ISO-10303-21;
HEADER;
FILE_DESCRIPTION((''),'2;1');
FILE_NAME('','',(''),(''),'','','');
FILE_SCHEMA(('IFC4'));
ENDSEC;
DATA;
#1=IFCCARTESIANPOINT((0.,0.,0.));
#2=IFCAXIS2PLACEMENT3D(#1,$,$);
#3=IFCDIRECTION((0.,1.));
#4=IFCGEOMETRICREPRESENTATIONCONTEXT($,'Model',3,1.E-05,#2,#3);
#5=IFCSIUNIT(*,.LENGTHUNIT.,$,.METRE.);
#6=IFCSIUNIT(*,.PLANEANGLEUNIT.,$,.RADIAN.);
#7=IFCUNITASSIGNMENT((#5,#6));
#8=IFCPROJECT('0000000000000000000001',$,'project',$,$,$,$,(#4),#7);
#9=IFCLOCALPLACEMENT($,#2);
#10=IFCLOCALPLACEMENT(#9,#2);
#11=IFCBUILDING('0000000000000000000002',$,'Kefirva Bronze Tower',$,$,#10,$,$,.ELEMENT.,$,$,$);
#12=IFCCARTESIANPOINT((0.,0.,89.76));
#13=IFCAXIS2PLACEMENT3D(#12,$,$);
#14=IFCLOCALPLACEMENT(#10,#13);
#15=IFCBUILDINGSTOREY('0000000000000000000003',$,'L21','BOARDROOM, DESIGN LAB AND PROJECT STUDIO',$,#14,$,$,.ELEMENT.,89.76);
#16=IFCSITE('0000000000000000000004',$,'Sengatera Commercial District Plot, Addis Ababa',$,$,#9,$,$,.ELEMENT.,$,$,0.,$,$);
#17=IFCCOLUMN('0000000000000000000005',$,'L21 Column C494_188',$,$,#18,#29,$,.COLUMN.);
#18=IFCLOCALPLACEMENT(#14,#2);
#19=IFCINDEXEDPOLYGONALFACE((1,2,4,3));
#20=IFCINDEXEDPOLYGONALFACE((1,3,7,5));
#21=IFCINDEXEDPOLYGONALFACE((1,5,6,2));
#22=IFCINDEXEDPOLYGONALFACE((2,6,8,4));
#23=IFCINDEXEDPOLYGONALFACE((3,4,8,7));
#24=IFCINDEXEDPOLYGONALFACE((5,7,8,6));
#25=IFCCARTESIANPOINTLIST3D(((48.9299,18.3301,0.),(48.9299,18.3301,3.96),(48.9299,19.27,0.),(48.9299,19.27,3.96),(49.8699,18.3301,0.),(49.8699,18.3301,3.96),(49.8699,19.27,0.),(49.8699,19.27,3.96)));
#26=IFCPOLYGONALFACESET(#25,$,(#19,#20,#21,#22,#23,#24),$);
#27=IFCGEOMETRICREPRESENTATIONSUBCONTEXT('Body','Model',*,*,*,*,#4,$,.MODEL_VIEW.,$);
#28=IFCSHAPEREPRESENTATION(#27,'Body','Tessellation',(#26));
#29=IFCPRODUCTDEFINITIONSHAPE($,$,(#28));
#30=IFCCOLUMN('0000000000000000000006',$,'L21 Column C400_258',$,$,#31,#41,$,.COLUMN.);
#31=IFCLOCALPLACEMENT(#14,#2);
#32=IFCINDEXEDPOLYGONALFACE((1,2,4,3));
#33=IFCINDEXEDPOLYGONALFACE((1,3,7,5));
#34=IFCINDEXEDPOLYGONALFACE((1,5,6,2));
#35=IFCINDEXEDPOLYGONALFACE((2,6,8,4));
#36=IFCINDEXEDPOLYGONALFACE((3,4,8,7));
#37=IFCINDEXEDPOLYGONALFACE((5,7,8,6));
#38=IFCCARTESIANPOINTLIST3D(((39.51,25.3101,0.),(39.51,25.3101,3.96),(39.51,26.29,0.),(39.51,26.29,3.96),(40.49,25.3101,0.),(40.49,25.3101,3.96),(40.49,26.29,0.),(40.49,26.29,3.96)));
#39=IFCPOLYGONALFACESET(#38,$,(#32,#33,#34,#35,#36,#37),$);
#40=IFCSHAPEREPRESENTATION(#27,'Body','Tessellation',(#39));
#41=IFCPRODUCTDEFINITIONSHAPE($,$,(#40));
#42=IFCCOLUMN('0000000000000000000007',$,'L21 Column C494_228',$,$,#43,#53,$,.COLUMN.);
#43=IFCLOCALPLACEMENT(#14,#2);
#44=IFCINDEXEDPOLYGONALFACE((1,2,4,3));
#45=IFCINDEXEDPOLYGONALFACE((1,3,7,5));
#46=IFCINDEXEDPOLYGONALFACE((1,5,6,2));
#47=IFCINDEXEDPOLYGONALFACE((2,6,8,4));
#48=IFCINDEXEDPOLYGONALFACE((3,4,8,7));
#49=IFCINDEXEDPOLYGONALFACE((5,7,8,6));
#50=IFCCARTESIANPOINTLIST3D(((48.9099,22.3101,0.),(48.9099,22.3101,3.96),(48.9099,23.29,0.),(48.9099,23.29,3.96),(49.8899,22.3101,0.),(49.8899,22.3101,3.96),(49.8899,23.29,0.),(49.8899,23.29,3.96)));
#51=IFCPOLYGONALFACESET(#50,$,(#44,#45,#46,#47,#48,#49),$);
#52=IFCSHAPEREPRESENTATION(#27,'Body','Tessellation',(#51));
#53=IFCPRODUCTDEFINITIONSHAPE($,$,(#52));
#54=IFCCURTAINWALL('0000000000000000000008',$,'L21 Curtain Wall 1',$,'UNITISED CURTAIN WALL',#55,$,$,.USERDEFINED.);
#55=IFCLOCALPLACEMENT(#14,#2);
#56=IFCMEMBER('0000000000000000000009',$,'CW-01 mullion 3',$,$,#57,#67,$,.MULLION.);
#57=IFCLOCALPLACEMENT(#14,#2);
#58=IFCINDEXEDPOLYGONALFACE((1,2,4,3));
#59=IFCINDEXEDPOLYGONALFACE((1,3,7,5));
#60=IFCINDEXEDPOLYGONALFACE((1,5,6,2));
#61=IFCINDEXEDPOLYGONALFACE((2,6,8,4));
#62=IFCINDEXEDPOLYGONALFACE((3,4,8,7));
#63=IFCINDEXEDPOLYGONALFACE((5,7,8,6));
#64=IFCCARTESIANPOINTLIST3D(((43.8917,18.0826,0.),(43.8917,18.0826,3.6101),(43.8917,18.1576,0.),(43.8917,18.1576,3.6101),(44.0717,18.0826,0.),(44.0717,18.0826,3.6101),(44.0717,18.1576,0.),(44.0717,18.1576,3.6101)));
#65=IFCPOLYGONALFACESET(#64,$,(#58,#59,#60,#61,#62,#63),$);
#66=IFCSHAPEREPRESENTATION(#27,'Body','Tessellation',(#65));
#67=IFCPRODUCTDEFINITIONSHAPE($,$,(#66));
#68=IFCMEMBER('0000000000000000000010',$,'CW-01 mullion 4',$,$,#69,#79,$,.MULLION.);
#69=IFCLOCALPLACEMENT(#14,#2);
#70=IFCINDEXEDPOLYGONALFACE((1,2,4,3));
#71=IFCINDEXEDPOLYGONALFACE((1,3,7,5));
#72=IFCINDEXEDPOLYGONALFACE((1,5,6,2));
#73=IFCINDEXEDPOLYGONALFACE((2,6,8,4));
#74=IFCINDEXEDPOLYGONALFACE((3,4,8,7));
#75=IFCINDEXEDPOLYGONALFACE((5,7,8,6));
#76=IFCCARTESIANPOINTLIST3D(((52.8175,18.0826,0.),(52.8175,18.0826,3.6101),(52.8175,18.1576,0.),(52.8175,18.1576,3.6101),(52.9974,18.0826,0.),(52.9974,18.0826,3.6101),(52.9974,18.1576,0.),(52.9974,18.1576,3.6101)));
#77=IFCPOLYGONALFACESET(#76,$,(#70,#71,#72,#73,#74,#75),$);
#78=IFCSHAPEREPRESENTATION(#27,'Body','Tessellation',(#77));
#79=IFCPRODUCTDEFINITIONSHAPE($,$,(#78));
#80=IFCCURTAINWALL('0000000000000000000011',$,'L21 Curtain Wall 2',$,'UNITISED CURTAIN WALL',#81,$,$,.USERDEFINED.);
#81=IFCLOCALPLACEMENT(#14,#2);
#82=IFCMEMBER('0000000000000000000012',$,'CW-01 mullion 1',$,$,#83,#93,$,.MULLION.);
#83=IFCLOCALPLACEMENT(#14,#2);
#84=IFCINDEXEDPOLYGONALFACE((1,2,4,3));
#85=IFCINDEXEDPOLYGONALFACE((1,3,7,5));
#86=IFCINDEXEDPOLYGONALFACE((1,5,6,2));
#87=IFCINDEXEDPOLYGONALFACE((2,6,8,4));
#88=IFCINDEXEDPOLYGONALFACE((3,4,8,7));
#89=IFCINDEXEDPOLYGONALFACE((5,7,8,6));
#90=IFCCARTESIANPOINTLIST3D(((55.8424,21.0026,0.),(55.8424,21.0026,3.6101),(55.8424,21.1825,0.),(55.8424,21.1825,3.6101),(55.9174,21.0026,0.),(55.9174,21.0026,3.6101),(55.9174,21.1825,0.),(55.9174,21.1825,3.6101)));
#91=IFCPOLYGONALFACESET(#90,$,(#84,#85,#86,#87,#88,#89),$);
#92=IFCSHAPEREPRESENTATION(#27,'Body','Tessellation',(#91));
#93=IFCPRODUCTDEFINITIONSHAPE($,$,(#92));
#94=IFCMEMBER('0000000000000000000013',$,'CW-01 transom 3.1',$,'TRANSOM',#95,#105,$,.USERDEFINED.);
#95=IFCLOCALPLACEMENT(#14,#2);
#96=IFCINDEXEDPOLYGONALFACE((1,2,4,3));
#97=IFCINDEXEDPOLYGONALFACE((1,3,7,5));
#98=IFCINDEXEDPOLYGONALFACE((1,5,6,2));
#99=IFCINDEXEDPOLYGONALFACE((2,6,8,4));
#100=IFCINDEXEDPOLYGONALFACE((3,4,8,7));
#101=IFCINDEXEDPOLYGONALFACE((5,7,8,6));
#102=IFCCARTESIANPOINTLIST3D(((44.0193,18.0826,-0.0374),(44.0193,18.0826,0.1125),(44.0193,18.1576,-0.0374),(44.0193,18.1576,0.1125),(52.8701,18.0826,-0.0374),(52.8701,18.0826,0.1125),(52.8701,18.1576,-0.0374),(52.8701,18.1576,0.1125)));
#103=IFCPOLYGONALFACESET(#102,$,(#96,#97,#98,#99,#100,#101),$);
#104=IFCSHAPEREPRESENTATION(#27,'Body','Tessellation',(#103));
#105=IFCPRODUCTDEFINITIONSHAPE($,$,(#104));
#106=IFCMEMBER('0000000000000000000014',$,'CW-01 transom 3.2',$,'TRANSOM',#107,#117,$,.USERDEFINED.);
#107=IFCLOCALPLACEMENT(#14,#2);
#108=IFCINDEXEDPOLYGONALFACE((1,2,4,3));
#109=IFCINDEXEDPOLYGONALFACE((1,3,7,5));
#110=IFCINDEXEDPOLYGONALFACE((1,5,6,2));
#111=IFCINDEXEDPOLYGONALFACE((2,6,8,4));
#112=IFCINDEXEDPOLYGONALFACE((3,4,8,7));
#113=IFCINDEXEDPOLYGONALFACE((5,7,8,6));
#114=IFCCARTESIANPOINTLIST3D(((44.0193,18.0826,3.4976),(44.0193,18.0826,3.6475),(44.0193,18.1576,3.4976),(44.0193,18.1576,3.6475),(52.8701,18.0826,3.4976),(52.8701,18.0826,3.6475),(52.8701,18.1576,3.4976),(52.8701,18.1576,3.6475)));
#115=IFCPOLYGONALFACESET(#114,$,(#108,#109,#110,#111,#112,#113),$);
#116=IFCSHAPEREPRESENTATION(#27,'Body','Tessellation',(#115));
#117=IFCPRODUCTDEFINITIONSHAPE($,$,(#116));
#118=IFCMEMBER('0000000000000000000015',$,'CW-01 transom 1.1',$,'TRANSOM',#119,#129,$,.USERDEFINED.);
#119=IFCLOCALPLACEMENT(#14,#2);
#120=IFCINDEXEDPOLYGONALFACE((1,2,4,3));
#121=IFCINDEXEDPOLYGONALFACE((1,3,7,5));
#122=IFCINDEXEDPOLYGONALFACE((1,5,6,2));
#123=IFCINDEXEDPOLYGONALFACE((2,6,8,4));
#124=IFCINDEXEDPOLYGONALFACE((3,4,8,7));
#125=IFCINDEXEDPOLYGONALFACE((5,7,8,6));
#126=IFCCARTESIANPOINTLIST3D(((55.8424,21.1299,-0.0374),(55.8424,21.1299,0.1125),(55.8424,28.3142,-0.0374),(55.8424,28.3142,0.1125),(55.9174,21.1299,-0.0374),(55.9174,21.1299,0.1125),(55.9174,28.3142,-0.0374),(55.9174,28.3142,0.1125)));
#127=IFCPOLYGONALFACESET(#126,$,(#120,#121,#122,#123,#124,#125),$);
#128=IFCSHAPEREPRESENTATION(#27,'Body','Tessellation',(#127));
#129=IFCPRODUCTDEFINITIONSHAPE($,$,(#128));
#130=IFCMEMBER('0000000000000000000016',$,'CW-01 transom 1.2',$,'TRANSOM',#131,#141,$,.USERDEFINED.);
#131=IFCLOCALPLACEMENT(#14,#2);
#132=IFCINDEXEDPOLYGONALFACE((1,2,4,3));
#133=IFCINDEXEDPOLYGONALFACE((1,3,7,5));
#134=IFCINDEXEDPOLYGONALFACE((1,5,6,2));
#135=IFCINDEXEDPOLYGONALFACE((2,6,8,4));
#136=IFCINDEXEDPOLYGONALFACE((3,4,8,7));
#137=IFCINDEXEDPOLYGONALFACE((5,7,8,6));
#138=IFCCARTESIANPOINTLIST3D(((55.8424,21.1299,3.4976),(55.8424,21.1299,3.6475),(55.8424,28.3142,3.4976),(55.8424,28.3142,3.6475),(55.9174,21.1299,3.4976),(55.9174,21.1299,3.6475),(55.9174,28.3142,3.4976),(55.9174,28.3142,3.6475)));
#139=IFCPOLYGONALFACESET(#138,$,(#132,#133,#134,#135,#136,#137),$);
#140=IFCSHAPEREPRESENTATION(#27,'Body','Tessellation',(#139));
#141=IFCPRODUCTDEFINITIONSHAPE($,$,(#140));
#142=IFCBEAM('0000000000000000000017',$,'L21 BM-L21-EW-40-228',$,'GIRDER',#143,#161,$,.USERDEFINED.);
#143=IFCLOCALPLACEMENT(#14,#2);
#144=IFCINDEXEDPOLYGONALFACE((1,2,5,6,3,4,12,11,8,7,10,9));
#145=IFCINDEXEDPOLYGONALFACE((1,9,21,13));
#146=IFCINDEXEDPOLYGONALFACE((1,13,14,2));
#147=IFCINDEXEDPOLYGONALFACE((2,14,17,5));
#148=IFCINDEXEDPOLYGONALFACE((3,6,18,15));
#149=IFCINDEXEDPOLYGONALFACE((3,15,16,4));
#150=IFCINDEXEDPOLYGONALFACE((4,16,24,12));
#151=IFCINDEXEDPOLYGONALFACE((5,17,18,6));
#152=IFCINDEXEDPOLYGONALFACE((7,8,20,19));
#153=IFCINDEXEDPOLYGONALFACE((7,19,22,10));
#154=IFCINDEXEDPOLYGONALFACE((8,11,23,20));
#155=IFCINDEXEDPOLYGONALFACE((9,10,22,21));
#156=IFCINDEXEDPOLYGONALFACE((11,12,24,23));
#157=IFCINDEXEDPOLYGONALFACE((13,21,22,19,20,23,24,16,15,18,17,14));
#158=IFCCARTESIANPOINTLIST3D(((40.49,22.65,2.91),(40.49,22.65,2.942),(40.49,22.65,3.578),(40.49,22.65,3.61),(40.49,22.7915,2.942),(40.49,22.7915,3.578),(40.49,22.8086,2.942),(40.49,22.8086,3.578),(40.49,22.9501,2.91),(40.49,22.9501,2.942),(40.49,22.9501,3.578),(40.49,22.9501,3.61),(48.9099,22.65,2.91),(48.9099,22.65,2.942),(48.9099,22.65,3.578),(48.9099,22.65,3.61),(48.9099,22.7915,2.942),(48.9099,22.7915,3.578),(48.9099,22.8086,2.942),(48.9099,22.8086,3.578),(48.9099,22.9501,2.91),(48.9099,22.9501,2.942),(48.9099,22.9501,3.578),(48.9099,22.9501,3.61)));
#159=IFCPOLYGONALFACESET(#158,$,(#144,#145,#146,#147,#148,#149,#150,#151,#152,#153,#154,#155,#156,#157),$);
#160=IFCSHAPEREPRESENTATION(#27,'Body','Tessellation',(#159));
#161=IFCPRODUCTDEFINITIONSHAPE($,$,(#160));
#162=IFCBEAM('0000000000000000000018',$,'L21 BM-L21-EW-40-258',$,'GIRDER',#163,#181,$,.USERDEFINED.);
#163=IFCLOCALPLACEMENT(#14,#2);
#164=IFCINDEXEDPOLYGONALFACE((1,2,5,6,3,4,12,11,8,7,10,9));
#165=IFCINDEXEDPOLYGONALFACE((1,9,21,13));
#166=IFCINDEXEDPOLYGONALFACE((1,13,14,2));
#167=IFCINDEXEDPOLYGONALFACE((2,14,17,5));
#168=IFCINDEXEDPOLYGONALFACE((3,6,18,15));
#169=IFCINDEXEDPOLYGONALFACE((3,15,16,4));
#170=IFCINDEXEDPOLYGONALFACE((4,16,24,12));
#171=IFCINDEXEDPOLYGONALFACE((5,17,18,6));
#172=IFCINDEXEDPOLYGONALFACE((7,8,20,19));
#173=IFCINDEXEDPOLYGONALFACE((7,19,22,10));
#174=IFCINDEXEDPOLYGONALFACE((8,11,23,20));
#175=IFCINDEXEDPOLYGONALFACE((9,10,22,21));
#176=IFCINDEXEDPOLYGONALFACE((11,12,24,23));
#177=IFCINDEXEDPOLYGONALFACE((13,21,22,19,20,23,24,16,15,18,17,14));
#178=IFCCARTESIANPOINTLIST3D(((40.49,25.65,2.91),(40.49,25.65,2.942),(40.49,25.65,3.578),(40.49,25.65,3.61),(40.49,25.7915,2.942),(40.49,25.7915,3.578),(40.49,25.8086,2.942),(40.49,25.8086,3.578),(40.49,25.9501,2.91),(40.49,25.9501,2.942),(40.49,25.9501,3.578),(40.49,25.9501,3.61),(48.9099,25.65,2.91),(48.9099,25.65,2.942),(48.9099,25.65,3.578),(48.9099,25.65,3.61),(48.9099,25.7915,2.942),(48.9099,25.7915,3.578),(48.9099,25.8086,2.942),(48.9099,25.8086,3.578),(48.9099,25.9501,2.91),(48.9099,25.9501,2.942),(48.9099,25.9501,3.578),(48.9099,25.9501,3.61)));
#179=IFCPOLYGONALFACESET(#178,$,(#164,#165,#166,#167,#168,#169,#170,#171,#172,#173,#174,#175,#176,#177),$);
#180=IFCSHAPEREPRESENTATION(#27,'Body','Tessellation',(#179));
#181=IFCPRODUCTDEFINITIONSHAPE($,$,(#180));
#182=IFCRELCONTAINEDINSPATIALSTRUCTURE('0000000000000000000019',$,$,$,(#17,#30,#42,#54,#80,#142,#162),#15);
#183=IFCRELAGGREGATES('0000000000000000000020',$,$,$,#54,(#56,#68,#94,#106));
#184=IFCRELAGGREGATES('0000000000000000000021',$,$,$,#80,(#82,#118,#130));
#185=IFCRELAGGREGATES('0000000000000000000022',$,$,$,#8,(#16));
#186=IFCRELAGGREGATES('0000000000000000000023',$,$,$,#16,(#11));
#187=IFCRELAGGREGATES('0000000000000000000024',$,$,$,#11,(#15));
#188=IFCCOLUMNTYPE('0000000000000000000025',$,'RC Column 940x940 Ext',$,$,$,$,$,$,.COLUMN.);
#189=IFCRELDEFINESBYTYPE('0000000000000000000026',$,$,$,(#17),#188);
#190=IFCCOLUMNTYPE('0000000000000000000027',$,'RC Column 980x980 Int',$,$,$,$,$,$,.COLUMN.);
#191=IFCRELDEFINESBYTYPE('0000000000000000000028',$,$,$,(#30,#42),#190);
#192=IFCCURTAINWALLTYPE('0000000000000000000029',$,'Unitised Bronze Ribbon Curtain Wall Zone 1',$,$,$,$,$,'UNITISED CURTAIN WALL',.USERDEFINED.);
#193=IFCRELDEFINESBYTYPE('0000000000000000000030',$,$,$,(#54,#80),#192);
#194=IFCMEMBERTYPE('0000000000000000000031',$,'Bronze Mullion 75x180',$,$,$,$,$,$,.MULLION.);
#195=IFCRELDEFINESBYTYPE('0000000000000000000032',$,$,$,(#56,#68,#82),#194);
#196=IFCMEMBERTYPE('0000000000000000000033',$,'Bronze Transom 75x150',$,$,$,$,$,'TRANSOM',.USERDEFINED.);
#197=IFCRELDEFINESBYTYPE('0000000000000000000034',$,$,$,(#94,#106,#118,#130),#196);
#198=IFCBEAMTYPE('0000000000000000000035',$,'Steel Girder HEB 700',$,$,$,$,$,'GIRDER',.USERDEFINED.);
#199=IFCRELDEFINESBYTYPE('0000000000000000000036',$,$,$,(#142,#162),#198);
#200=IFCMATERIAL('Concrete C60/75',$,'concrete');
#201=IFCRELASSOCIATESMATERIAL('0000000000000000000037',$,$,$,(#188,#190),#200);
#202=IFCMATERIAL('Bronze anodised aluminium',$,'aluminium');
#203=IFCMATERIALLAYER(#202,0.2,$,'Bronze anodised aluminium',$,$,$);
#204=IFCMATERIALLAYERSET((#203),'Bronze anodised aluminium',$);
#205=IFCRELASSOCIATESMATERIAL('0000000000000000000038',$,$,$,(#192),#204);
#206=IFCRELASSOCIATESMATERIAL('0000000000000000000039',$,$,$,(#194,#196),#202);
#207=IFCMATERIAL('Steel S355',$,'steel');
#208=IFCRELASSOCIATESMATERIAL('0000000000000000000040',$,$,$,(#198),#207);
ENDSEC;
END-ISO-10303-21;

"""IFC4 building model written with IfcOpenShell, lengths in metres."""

from ifc_helpers import new_model, si_unit, direction, frame, origin, origin_2d, place, context, subcontext, project, spatial, rectangle, i_section, extrude, material, layer, layer_set, material_profile, profile_set, type_object, element, aggregate, save


model = new_model("IFC4")

# Units and contexts
model_context = context("Model", 3, precision=1e-05, world=origin(), true_north=direction((0.0, 1.0)))
body_context = subcontext(model_context, "Body", "Model", "MODEL_VIEW")
ifc_project = project(units=[si_unit("LENGTHUNIT", "METRE"), si_unit("PLANEANGLEUNIT", "RADIAN")], contexts=[model_context])

# Site, building, storey
site_placement = place(None, origin())
site = spatial("IfcSite", under=ifc_project, at=site_placement, Name="Sengatera Commercial District Plot, Addis Ababa", CompositionType="ELEMENT", RefElevation=0.0)
building_placement = place(site_placement, origin())
building = spatial("IfcBuilding", under=site, at=building_placement, Name="Kefirva Bronze Tower", CompositionType="ELEMENT")
storey_placement = place(building_placement, frame((0.0, 0.0, 89.76)))
storey = spatial("IfcBuildingStorey", under=building, at=storey_placement, Name="L21", Description="BOARDROOM, DESIGN LAB AND PROJECT STUDIO", CompositionType="ELEMENT", Elevation=89.76)

# Columns
ifc_material_1 = material(Name="Concrete C60/75", Category="concrete")
ifc_material_profile_1 = material_profile(ifc_material_1, rectangle(XDim=0.9399, YDim=0.9399, at=origin_2d()), Name="RC 940x940")
ifc_profile_set_1 = profile_set([ifc_material_profile_1], Name="Concrete C60/75")
column_type_1 = type_object("IfcColumnType", Name="RC Column 940x940 Ext", PredefinedType="COLUMN", material=ifc_profile_set_1)
column_placement = place(storey_placement, frame((49.3999, 18.8, 0.0), z_axis=(0.0, 0.0, 1.0), x_axis=(1.0, 0.0, 0.0)))
element("IfcColumn", 1, at=column_placement, inside=storey, type_object=column_type_1, Name="L21 Column C494_188", PredefinedType="COLUMN", context=body_context, shape_type="SweptSolid", body=[
    extrude(rectangle(XDim=0.9399, YDim=0.9399, at=origin_2d()), origin(), (0.0, 0.0, 1.0), 3.96),
])
ifc_material_profile_2 = material_profile(ifc_material_1, rectangle(XDim=0.98, YDim=0.98, at=origin_2d()), Name="RC 980x980")
ifc_profile_set_2 = profile_set([ifc_material_profile_2], Name="Concrete C60/75")
column_type_2 = type_object("IfcColumnType", Name="RC Column 980x980 Int", PredefinedType="COLUMN", material=ifc_profile_set_2)
for number, where, z_axis, x_axis, name in (
    (2, (40.0, 25.8, 0.0), (0.0, 0.0, 1.0), (1.0, 0.0, 0.0), "L21 Column C400_258"),
    (3, (49.3999, 22.8, 0.0), (0.0, 0.0, 1.0), (1.0, 0.0, 0.0), "L21 Column C494_228"),
):
    element("IfcColumn", number, at=place(storey_placement, frame(where, z_axis=z_axis, x_axis=x_axis)), inside=storey, type_object=column_type_2, Name=name, PredefinedType="COLUMN", context=body_context, shape_type="SweptSolid", body=[
        extrude(rectangle(XDim=0.98, YDim=0.98, at=origin_2d()), origin(), (0.0, 0.0, 1.0), 3.96),
    ])

# Curtain wall, members
ifc_material_2 = material(Name="Bronze anodised aluminium", Category="aluminium")
ifc_layer_1 = layer(ifc_material_2, 0.2, Name="Bronze anodised aluminium")
ifc_layer_set_1 = layer_set([ifc_layer_1], Name="Bronze anodised aluminium")
curtain_wall_type = type_object("IfcCurtainWallType", Name="Unitised Bronze Ribbon Curtain Wall Zone 1", ElementType="UNITISED CURTAIN WALL", PredefinedType="USERDEFINED", material=ifc_layer_set_1)
curtain_wall_1_placement = place(storey_placement, origin())
curtain_wall_1 = element("IfcCurtainWall", 4, at=curtain_wall_1_placement, inside=storey, type_object=curtain_wall_type, Name="L21 Curtain Wall 1", ObjectType="UNITISED CURTAIN WALL", PredefinedType="USERDEFINED")
ifc_material_profile_3 = material_profile(ifc_material_2, rectangle(XDim=0.075, YDim=0.1799, at=origin_2d()), Name="ALU 75x180")
ifc_profile_set_3 = profile_set([ifc_material_profile_3], Name="Bronze anodised aluminium")
member_type_1 = type_object("IfcMemberType", Name="Bronze Mullion 75x180", PredefinedType="MULLION", material=ifc_profile_set_3)
member_1_placement = place(storey_placement, frame((43.9817, 18.1201, 0.0), z_axis=(0.0, 0.0, 1.0), x_axis=(0.0, 1.0, 0.0)))
member_1 = element("IfcMember", 5, at=member_1_placement, type_object=member_type_1, Name="CW-01 mullion 3", PredefinedType="MULLION", context=body_context, shape_type="SweptSolid", body=[
    extrude(rectangle(XDim=0.075, YDim=0.1799, at=origin_2d()), origin(), (0.0, 0.0, 1.0), 3.6101),
])
member_2_placement = place(storey_placement, frame((52.9075, 18.1201, 0.0), z_axis=(0.0, 0.0, 1.0), x_axis=(0.0, 1.0, 0.0)))
member_2 = element("IfcMember", 6, at=member_2_placement, type_object=member_type_1, Name="CW-01 mullion 4", PredefinedType="MULLION", context=body_context, shape_type="SweptSolid", body=[
    extrude(rectangle(XDim=0.075, YDim=0.1799, at=origin_2d()), origin(), (0.0, 0.0, 1.0), 3.6101),
])

# Curtain wall, member
curtain_wall_2_placement = place(storey_placement, origin())
curtain_wall_2 = element("IfcCurtainWall", 7, at=curtain_wall_2_placement, inside=storey, type_object=curtain_wall_type, Name="L21 Curtain Wall 2", ObjectType="UNITISED CURTAIN WALL", PredefinedType="USERDEFINED")
member_3_placement = place(storey_placement, frame((55.8799, 21.0925, 0.0), z_axis=(0.0, 0.0, 1.0), x_axis=(-1.0, 0.0, 0.0)))
member_3 = element("IfcMember", 8, at=member_3_placement, type_object=member_type_1, Name="CW-01 mullion 1", PredefinedType="MULLION", context=body_context, shape_type="SweptSolid", body=[
    extrude(rectangle(XDim=0.075, YDim=0.1799, at=origin_2d()), origin(), (0.0, 0.0, 1.0), 3.6101),
])

# Members
ifc_material_profile_4 = material_profile(ifc_material_2, rectangle(XDim=0.075, YDim=0.1499, at=origin_2d()), Name="ALU 75x150")
ifc_profile_set_4 = profile_set([ifc_material_profile_4], Name="Bronze anodised aluminium")
member_type_2 = type_object("IfcMemberType", Name="Bronze Transom 75x150", ElementType="TRANSOM", PredefinedType="USERDEFINED", material=ifc_profile_set_4)
member_4_placement = place(storey_placement, frame((44.0193, 18.1201, 0.0376), z_axis=(1.0, 0.0, 0.0), x_axis=(0.0, 1.0, 0.0)))
member_4 = element("IfcMember", 9, at=member_4_placement, type_object=member_type_2, Name="CW-01 transom 3.1", ObjectType="TRANSOM", PredefinedType="USERDEFINED", context=body_context, shape_type="SweptSolid", body=[
    extrude(rectangle(XDim=0.075, YDim=0.1499, at=origin_2d()), origin(), (0.0, 0.0, 1.0), 8.8508),
])
member_5_placement = place(storey_placement, frame((44.0193, 18.1201, 3.5725), z_axis=(1.0, 0.0, 0.0), x_axis=(0.0, 1.0, 0.0)))
member_5 = element("IfcMember", 10, at=member_5_placement, type_object=member_type_2, Name="CW-01 transom 3.2", ObjectType="TRANSOM", PredefinedType="USERDEFINED", context=body_context, shape_type="SweptSolid", body=[
    extrude(rectangle(XDim=0.075, YDim=0.1499, at=origin_2d()), origin(), (0.0, 0.0, 1.0), 8.8508),
])
member_6_placement = place(storey_placement, frame((55.8799, 21.1299, 0.0376), z_axis=(0.0, 1.0, 0.0), x_axis=(-1.0, 0.0, 0.0)))
member_6 = element("IfcMember", 11, at=member_6_placement, type_object=member_type_2, Name="CW-01 transom 1.1", ObjectType="TRANSOM", PredefinedType="USERDEFINED", context=body_context, shape_type="SweptSolid", body=[
    extrude(rectangle(XDim=0.075, YDim=0.1499, at=origin_2d()), origin(), (0.0, 0.0, 1.0), 7.1843),
])
member_7_placement = place(storey_placement, frame((55.8799, 21.1299, 3.5725), z_axis=(0.0, 1.0, 0.0), x_axis=(-1.0, 0.0, 0.0)))
member_7 = element("IfcMember", 12, at=member_7_placement, type_object=member_type_2, Name="CW-01 transom 1.2", ObjectType="TRANSOM", PredefinedType="USERDEFINED", context=body_context, shape_type="SweptSolid", body=[
    extrude(rectangle(XDim=0.075, YDim=0.1499, at=origin_2d()), origin(), (0.0, 0.0, 1.0), 7.1843),
])

# Beams
ifc_material_3 = material(Name="Steel S355", Category="steel")
ifc_material_profile_5 = material_profile(ifc_material_3, i_section(OverallWidth=0.3, OverallDepth=0.7, WebThickness=0.0171, FlangeThickness=0.032, at=origin_2d()), Name="HEB 700")
ifc_profile_set_5 = profile_set([ifc_material_profile_5], Name="Steel S355")
beam_type_1 = type_object("IfcBeamType", Name="Steel Girder HEB 700", ElementType="GIRDER", PredefinedType="USERDEFINED", material=ifc_profile_set_5)
for number, where, z_axis, x_axis, name in (
    (13, (40.49, 22.8, 3.26), (1.0, 0.0, 0.0), (0.0, 1.0, 0.0), "L21 BM-L21-EW-40-228"),
    (14, (40.49, 25.8, 3.26), (1.0, 0.0, 0.0), (0.0, 1.0, 0.0), "L21 BM-L21-EW-40-258"),
):
    element("IfcBeam", number, at=place(storey_placement, frame(where, z_axis=z_axis, x_axis=x_axis)), inside=storey, type_object=beam_type_1, Name=name, ObjectType="GIRDER", PredefinedType="USERDEFINED", context=body_context, shape_type="SweptSolid", body=[
        extrude(i_section(OverallWidth=0.3, OverallDepth=0.7, WebThickness=0.0171, FlangeThickness=0.032, at=origin_2d()), origin(), (0.0, 0.0, 1.0), 8.4199),
    ])

aggregate(curtain_wall_1, [member_1, member_2, member_4, member_5])
aggregate(curtain_wall_2, [member_3, member_6, member_7])

save(model, "model.ifc")
